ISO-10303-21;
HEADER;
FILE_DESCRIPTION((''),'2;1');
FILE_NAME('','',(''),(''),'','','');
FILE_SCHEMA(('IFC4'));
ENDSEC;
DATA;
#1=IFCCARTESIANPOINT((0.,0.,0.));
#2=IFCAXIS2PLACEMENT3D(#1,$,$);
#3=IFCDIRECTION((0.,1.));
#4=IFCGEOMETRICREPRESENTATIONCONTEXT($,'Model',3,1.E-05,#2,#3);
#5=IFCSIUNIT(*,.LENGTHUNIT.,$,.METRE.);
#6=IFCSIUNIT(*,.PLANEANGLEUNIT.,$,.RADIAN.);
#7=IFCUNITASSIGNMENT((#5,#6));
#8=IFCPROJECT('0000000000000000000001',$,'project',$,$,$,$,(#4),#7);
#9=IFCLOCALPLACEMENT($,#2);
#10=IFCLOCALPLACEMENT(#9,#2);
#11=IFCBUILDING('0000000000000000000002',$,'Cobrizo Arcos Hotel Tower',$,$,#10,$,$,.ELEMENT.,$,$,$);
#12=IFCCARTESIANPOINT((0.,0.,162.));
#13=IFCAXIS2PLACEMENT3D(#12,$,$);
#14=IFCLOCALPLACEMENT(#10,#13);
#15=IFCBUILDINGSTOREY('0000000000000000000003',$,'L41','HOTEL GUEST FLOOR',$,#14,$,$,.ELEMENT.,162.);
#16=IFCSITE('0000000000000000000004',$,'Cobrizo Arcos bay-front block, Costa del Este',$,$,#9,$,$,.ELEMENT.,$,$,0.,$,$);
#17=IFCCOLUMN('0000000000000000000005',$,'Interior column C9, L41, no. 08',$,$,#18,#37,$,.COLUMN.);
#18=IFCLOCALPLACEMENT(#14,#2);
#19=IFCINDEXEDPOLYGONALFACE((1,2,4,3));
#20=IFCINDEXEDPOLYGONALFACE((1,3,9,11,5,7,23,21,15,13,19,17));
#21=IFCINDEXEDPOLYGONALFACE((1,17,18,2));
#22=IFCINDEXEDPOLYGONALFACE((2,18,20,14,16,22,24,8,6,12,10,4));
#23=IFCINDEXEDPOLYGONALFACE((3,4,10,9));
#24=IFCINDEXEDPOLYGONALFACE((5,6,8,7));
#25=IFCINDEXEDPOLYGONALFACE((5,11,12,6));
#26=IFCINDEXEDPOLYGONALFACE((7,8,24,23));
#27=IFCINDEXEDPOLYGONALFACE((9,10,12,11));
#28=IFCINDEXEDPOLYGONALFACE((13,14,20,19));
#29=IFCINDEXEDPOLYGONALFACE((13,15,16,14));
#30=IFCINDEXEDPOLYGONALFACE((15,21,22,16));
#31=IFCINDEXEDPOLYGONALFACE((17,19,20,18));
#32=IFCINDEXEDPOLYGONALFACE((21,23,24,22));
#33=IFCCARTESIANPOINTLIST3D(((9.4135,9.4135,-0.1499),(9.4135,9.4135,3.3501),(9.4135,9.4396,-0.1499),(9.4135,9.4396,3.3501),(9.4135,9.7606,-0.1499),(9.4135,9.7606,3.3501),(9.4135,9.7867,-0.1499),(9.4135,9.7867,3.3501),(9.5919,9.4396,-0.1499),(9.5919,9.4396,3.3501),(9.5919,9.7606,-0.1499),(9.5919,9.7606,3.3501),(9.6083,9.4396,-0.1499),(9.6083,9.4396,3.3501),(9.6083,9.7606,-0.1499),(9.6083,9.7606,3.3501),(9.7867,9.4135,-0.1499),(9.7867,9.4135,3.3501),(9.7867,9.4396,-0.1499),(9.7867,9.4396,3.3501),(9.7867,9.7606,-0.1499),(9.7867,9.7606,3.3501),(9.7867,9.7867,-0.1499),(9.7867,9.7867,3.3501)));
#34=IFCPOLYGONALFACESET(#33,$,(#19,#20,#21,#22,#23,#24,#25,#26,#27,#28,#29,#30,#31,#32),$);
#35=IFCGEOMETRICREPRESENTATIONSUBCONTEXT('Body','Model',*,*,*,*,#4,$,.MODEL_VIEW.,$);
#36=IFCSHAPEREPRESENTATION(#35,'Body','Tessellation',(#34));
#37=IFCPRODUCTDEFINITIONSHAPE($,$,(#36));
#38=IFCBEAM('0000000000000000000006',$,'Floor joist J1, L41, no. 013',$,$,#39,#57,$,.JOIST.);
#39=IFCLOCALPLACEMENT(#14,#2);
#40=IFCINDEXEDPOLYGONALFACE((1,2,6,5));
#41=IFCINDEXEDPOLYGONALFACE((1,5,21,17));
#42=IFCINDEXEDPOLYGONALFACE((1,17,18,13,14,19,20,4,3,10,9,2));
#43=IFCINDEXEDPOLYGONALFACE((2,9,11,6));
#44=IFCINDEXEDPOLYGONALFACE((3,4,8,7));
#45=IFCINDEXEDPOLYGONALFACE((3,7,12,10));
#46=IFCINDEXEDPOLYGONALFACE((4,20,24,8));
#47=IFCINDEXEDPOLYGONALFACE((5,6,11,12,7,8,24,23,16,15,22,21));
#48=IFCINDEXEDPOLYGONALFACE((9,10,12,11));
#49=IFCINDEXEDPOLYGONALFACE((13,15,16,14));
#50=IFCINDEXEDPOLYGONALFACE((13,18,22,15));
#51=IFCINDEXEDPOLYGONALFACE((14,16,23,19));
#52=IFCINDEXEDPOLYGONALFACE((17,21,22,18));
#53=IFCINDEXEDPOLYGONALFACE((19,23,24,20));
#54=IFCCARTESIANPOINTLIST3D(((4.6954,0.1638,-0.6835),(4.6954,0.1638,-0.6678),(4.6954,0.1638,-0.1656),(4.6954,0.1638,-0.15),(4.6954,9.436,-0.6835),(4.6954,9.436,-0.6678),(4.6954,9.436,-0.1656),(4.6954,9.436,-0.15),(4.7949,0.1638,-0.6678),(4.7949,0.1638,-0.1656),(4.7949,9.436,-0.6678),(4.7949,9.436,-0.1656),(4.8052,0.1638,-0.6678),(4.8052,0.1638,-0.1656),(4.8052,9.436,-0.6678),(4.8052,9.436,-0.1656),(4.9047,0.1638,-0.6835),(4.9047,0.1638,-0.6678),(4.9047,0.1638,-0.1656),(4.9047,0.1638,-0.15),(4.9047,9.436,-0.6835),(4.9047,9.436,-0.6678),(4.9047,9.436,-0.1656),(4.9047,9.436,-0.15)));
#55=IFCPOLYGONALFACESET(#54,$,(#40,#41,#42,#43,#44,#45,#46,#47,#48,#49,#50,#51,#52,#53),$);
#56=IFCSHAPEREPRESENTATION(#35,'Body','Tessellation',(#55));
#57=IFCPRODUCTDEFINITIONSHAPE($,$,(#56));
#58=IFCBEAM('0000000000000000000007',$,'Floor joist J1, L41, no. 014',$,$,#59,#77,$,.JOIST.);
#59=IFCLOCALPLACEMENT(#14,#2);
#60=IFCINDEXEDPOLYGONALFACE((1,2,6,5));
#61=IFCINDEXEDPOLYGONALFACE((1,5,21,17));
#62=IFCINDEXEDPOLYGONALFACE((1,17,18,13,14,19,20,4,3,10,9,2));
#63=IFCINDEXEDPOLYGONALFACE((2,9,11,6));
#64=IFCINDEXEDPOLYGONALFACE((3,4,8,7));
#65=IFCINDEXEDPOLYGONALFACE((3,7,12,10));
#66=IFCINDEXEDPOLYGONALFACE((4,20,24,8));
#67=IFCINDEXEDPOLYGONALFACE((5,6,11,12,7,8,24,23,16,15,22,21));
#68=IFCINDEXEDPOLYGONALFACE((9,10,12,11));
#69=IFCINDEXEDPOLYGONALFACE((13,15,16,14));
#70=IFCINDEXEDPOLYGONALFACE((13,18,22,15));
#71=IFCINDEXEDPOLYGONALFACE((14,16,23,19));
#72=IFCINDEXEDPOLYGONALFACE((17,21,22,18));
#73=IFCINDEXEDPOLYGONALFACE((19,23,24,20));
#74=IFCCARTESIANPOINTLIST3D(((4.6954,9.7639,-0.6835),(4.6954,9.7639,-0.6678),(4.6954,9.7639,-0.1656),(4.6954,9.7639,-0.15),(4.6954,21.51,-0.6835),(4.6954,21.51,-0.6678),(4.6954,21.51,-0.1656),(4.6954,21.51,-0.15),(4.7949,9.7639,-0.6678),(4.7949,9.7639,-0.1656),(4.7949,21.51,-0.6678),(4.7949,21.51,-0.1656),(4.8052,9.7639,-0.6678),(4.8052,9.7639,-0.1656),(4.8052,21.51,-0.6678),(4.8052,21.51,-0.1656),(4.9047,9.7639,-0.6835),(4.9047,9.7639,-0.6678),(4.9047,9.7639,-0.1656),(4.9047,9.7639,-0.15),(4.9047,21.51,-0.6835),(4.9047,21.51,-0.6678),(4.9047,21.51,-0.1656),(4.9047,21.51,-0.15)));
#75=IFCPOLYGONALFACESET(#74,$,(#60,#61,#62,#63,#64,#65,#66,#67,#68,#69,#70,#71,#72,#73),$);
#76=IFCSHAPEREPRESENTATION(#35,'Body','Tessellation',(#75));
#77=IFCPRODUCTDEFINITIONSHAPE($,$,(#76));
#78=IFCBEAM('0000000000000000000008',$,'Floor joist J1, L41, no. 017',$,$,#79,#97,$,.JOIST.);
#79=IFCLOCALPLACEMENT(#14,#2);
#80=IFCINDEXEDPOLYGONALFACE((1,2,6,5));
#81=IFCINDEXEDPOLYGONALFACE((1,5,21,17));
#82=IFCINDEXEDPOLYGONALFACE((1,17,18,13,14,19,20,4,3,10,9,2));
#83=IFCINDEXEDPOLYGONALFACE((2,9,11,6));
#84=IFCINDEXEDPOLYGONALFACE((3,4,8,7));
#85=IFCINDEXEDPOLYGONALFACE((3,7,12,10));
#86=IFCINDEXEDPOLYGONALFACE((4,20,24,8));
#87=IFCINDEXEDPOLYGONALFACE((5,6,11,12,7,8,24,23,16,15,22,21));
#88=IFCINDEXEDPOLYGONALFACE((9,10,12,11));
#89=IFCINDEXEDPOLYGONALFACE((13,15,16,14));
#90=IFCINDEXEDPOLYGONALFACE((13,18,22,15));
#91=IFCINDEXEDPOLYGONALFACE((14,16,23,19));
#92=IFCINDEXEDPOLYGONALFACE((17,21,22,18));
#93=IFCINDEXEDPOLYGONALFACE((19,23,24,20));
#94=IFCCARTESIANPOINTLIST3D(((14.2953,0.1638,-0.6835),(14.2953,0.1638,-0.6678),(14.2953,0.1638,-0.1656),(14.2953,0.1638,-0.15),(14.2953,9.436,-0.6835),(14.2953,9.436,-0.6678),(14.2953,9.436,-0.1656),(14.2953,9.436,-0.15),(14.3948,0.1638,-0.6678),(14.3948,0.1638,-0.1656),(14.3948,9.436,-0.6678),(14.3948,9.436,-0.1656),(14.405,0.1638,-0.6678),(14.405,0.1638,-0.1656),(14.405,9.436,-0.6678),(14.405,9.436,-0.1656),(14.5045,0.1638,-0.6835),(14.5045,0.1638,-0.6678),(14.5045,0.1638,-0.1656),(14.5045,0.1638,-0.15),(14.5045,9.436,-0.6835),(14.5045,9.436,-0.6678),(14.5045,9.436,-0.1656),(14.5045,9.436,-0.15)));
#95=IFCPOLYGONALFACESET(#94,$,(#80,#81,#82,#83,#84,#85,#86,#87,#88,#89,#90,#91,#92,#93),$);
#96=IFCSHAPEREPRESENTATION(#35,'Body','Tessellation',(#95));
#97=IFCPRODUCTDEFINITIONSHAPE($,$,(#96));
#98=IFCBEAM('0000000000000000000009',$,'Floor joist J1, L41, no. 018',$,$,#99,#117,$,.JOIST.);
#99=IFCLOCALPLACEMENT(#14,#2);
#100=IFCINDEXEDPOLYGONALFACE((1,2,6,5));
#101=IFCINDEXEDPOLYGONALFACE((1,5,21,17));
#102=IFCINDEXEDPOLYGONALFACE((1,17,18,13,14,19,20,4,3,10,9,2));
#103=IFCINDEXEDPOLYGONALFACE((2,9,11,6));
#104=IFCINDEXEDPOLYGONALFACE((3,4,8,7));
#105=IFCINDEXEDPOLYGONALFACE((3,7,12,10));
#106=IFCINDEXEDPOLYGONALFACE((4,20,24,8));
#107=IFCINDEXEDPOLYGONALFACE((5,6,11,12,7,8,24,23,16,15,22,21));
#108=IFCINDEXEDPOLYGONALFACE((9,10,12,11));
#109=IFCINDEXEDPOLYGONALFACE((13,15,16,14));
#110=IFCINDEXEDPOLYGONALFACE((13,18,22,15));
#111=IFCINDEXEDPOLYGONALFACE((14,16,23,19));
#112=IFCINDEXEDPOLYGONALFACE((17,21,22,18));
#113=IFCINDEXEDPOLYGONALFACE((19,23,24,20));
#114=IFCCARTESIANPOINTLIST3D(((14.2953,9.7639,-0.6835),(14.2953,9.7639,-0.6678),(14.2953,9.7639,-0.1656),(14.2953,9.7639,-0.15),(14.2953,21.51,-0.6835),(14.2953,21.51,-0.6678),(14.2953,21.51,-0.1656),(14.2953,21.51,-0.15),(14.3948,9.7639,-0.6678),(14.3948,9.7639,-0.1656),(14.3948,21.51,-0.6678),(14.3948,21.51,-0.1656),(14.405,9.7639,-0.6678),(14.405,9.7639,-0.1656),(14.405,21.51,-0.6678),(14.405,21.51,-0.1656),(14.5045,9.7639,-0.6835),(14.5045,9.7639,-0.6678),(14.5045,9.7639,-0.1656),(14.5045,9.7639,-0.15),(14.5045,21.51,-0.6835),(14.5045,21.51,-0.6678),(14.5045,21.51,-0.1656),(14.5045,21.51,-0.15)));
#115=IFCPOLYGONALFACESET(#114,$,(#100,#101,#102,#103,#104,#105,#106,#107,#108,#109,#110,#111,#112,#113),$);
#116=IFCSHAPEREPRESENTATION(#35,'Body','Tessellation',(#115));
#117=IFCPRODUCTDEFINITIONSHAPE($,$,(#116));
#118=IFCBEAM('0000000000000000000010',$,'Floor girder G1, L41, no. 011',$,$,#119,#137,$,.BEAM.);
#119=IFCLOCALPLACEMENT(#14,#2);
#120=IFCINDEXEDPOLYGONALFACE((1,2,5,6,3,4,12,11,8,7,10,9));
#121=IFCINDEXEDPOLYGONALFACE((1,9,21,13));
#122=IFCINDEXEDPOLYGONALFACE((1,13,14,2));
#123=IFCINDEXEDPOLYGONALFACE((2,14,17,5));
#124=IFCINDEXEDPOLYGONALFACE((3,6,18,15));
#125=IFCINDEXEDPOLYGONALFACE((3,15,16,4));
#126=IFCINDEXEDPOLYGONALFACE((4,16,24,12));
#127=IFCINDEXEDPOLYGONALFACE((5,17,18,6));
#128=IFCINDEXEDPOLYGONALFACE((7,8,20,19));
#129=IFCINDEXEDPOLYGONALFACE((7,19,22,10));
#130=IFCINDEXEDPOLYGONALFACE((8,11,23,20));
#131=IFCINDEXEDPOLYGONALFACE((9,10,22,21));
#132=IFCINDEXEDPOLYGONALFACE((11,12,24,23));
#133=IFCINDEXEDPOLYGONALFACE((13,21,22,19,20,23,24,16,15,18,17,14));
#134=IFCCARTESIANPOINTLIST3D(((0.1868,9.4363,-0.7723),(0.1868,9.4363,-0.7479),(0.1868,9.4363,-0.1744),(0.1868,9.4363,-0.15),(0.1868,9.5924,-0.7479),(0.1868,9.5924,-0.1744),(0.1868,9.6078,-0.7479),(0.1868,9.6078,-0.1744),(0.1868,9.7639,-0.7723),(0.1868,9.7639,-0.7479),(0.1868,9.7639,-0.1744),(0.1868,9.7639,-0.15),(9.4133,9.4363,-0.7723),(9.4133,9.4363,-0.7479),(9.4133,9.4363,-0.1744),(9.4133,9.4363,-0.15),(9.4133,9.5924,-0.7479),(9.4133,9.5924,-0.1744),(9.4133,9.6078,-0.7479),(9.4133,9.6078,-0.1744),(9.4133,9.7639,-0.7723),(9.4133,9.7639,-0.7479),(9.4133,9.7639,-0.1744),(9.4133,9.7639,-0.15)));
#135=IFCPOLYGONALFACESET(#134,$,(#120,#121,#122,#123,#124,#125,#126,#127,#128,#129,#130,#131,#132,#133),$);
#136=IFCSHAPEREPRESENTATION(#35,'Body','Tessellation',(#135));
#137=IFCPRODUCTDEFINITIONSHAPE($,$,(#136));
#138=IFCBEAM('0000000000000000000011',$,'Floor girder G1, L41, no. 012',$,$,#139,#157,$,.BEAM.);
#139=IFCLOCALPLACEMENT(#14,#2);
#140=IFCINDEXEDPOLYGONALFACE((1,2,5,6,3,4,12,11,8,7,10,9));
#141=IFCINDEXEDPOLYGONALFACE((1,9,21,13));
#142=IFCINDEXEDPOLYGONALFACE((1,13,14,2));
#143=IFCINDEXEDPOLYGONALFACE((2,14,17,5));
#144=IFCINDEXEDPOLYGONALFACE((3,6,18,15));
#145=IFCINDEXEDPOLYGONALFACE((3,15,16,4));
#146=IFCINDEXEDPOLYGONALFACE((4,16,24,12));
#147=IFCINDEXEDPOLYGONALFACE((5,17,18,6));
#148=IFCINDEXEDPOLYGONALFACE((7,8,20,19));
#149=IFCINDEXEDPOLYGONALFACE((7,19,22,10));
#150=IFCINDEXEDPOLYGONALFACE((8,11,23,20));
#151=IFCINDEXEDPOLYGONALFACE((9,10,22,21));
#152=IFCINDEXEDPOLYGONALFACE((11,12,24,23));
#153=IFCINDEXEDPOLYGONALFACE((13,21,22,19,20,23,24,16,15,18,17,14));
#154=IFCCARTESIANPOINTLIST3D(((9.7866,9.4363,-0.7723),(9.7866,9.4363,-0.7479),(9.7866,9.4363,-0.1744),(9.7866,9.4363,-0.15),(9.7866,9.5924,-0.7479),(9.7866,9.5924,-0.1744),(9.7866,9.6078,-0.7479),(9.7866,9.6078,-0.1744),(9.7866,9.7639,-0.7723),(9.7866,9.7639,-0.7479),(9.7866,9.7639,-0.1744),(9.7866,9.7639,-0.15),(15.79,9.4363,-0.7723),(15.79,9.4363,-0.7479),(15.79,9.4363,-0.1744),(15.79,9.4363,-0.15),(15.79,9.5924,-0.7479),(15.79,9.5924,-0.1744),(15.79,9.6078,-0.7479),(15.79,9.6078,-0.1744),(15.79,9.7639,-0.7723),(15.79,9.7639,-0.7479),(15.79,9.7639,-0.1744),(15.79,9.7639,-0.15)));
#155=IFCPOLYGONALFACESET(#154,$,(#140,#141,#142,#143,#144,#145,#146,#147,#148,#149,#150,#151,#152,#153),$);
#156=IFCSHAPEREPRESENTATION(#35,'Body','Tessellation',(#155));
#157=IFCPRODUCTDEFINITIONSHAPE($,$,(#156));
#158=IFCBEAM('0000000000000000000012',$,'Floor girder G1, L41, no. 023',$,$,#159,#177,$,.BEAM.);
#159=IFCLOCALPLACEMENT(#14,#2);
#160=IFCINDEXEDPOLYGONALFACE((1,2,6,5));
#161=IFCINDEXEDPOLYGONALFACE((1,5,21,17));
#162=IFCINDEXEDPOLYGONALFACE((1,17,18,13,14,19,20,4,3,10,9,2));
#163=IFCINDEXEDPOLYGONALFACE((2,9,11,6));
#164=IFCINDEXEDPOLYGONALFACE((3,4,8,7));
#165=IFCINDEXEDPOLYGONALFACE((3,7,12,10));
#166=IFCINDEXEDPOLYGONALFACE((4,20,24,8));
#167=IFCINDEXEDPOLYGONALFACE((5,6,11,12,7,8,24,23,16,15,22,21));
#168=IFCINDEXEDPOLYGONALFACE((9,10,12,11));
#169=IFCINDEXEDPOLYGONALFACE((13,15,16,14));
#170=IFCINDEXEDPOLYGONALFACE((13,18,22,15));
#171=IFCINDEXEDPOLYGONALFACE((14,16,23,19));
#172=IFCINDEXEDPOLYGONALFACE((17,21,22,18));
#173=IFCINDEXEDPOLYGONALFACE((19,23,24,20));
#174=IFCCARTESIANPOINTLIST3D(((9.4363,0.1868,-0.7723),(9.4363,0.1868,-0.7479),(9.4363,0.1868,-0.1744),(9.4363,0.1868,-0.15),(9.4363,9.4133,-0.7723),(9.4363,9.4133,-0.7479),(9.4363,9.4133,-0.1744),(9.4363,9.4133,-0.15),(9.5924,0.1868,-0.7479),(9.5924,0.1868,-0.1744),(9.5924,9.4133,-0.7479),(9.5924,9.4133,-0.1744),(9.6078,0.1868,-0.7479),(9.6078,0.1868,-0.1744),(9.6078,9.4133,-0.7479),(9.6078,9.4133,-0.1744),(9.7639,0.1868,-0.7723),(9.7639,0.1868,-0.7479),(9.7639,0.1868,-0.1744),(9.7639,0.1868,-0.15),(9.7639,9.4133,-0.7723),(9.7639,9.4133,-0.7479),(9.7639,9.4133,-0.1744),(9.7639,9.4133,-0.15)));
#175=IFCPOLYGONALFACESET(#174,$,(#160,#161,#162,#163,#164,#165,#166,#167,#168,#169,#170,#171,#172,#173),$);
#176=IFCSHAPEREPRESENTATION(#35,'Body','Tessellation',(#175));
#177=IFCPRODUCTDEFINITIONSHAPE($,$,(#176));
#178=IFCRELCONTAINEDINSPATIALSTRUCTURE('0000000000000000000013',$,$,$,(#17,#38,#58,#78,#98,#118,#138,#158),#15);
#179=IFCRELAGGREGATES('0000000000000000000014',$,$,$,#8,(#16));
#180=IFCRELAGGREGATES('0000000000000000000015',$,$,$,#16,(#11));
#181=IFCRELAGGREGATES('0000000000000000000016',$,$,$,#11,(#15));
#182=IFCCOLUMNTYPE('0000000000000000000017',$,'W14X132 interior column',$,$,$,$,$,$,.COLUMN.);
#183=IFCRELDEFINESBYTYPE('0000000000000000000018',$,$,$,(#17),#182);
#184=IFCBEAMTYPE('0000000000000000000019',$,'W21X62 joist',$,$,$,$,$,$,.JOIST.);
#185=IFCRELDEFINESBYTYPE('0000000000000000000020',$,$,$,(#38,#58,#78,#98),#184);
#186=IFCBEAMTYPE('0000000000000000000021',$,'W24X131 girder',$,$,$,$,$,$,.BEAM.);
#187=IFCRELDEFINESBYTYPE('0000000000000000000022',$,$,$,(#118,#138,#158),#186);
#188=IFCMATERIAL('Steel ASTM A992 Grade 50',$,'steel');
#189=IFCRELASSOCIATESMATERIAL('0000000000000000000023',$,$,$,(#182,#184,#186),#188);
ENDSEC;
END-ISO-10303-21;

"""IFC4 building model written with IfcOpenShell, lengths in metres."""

from ifc_helpers import new_model, si_unit, direction, frame, origin, origin_2d, place, context, subcontext, project, spatial, i_section, extrude, material, material_profile, profile_set, type_object, element, save


model = new_model("IFC4")

# Units and contexts
model_context = context("Model", 3, precision=1e-05, world=origin(), true_north=direction((0.0, 1.0)))
body_context = subcontext(model_context, "Body", "Model", "MODEL_VIEW")
ifc_project = project(units=[si_unit("LENGTHUNIT", "METRE"), si_unit("PLANEANGLEUNIT", "RADIAN")], contexts=[model_context])

# Site, building, storey
site_placement = place(None, origin())
site = spatial("IfcSite", under=ifc_project, at=site_placement, Name="Cobrizo Arcos bay-front block, Costa del Este", CompositionType="ELEMENT", RefElevation=0.0)
building_placement = place(site_placement, origin())
building = spatial("IfcBuilding", under=site, at=building_placement, Name="Cobrizo Arcos Hotel Tower", CompositionType="ELEMENT")
storey_placement = place(building_placement, frame((0.0, 0.0, 162.0)))
storey = spatial("IfcBuildingStorey", under=building, at=storey_placement, Name="L41", Description="HOTEL GUEST FLOOR", CompositionType="ELEMENT", Elevation=162.0)

# Column
ifc_material_1 = material(Name="Steel ASTM A992 Grade 50", Category="steel")
ifc_material_profile_1 = material_profile(ifc_material_1, i_section(OverallWidth=0.3733, OverallDepth=0.3733, WebThickness=0.0164, FlangeThickness=0.0261, at=origin_2d()), Name="W14X132")
ifc_profile_set_1 = profile_set([ifc_material_profile_1], Name="Steel ASTM A992 Grade 50")
column_type = type_object("IfcColumnType", Name="W14X132 interior column", PredefinedType="COLUMN", material=ifc_profile_set_1)
column_placement = place(storey_placement, frame((9.6001, 9.6001, -0.1499), z_axis=(0.0, 0.0, 1.0), x_axis=(1.0, 0.0, 0.0)))
element("IfcColumn", 1, at=column_placement, inside=storey, type_object=column_type, Name="Interior column C9, L41, no. 08", PredefinedType="COLUMN", context=body_context, shape_type="SweptSolid", body=[
    extrude(i_section(OverallWidth=0.3733, OverallDepth=0.3733, WebThickness=0.0164, FlangeThickness=0.0261, at=origin_2d()), origin(), (0.0, 0.0, 1.0), 3.5),
])

# Beams
ifc_material_profile_2 = material_profile(ifc_material_1, i_section(OverallWidth=0.2092, OverallDepth=0.5334, WebThickness=0.0103, FlangeThickness=0.0156, at=origin_2d()), Name="W21X62")
ifc_profile_set_2 = profile_set([ifc_material_profile_2], Name="Steel ASTM A992 Grade 50")
beam_type_1 = type_object("IfcBeamType", Name="W21X62 joist", PredefinedType="JOIST", material=ifc_profile_set_2)
beam_1_placement = place(storey_placement, frame((4.8, 0.1638, -0.4167), z_axis=(0.0, 1.0, 0.0), x_axis=(-1.0, 0.0, 0.0)))
element("IfcBeam", 2, at=beam_1_placement, inside=storey, type_object=beam_type_1, Name="Floor joist J1, L41, no. 013", PredefinedType="JOIST", context=body_context, shape_type="SweptSolid", body=[
    extrude(i_section(OverallWidth=0.2092, OverallDepth=0.5334, WebThickness=0.0103, FlangeThickness=0.0156, at=origin_2d()), origin(), (0.0, 0.0, 1.0), 9.2722),
])
beam_2_placement = place(storey_placement, frame((4.8, 9.7639, -0.4167), z_axis=(0.0, 1.0, 0.0), x_axis=(-1.0, 0.0, 0.0)))
element("IfcBeam", 3, at=beam_2_placement, inside=storey, type_object=beam_type_1, Name="Floor joist J1, L41, no. 014", PredefinedType="JOIST", context=body_context, shape_type="SweptSolid", body=[
    extrude(i_section(OverallWidth=0.2092, OverallDepth=0.5334, WebThickness=0.0103, FlangeThickness=0.0156, at=origin_2d()), origin(), (0.0, 0.0, 1.0), 11.7461),
])
beam_3_placement = place(storey_placement, frame((14.3999, 0.1638, -0.4167), z_axis=(0.0, 1.0, 0.0), x_axis=(-1.0, 0.0, 0.0)))
element("IfcBeam", 4, at=beam_3_placement, inside=storey, type_object=beam_type_1, Name="Floor joist J1, L41, no. 017", PredefinedType="JOIST", context=body_context, shape_type="SweptSolid", body=[
    extrude(i_section(OverallWidth=0.2092, OverallDepth=0.5334, WebThickness=0.0103, FlangeThickness=0.0156, at=origin_2d()), origin(), (0.0, 0.0, 1.0), 9.2722),
])
beam_4_placement = place(storey_placement, frame((14.3999, 9.7639, -0.4167), z_axis=(0.0, 1.0, 0.0), x_axis=(-1.0, 0.0, 0.0)))
element("IfcBeam", 5, at=beam_4_placement, inside=storey, type_object=beam_type_1, Name="Floor joist J1, L41, no. 018", PredefinedType="JOIST", context=body_context, shape_type="SweptSolid", body=[
    extrude(i_section(OverallWidth=0.2092, OverallDepth=0.5334, WebThickness=0.0103, FlangeThickness=0.0156, at=origin_2d()), origin(), (0.0, 0.0, 1.0), 11.7461),
])
ifc_material_profile_3 = material_profile(ifc_material_1, i_section(OverallWidth=0.3276, OverallDepth=0.6223, WebThickness=0.0154, FlangeThickness=0.0244, at=origin_2d()), Name="W24X131")
ifc_profile_set_3 = profile_set([ifc_material_profile_3], Name="Steel ASTM A992 Grade 50")
beam_type_2 = type_object("IfcBeamType", Name="W24X131 girder", PredefinedType="BEAM", material=ifc_profile_set_3)
beam_5_placement = place(storey_placement, frame((0.1868, 9.6001, -0.4612), z_axis=(1.0, 0.0, 0.0), x_axis=(0.0, 1.0, 0.0)))
element("IfcBeam", 6, at=beam_5_placement, inside=storey, type_object=beam_type_2, Name="Floor girder G1, L41, no. 011", PredefinedType="BEAM", context=body_context, shape_type="SweptSolid", body=[
    extrude(i_section(OverallWidth=0.3276, OverallDepth=0.6223, WebThickness=0.0154, FlangeThickness=0.0244, at=origin_2d()), origin(), (0.0, 0.0, 1.0), 9.2266),
])
beam_6_placement = place(storey_placement, frame((9.7866, 9.6001, -0.4612), z_axis=(1.0, 0.0, 0.0), x_axis=(0.0, 1.0, 0.0)))
element("IfcBeam", 7, at=beam_6_placement, inside=storey, type_object=beam_type_2, Name="Floor girder G1, L41, no. 012", PredefinedType="BEAM", context=body_context, shape_type="SweptSolid", body=[
    extrude(i_section(OverallWidth=0.3276, OverallDepth=0.6223, WebThickness=0.0154, FlangeThickness=0.0244, at=origin_2d()), origin(), (0.0, 0.0, 1.0), 6.0034),
])
beam_7_placement = place(storey_placement, frame((9.6001, 0.1868, -0.4612), z_axis=(0.0, 1.0, 0.0), x_axis=(-1.0, 0.0, 0.0)))
element("IfcBeam", 8, at=beam_7_placement, inside=storey, type_object=beam_type_2, Name="Floor girder G1, L41, no. 023", PredefinedType="BEAM", context=body_context, shape_type="SweptSolid", body=[
    extrude(i_section(OverallWidth=0.3276, OverallDepth=0.6223, WebThickness=0.0154, FlangeThickness=0.0244, at=origin_2d()), origin(), (0.0, 0.0, 1.0), 9.2266),
])

save(model, "model.ifc")
